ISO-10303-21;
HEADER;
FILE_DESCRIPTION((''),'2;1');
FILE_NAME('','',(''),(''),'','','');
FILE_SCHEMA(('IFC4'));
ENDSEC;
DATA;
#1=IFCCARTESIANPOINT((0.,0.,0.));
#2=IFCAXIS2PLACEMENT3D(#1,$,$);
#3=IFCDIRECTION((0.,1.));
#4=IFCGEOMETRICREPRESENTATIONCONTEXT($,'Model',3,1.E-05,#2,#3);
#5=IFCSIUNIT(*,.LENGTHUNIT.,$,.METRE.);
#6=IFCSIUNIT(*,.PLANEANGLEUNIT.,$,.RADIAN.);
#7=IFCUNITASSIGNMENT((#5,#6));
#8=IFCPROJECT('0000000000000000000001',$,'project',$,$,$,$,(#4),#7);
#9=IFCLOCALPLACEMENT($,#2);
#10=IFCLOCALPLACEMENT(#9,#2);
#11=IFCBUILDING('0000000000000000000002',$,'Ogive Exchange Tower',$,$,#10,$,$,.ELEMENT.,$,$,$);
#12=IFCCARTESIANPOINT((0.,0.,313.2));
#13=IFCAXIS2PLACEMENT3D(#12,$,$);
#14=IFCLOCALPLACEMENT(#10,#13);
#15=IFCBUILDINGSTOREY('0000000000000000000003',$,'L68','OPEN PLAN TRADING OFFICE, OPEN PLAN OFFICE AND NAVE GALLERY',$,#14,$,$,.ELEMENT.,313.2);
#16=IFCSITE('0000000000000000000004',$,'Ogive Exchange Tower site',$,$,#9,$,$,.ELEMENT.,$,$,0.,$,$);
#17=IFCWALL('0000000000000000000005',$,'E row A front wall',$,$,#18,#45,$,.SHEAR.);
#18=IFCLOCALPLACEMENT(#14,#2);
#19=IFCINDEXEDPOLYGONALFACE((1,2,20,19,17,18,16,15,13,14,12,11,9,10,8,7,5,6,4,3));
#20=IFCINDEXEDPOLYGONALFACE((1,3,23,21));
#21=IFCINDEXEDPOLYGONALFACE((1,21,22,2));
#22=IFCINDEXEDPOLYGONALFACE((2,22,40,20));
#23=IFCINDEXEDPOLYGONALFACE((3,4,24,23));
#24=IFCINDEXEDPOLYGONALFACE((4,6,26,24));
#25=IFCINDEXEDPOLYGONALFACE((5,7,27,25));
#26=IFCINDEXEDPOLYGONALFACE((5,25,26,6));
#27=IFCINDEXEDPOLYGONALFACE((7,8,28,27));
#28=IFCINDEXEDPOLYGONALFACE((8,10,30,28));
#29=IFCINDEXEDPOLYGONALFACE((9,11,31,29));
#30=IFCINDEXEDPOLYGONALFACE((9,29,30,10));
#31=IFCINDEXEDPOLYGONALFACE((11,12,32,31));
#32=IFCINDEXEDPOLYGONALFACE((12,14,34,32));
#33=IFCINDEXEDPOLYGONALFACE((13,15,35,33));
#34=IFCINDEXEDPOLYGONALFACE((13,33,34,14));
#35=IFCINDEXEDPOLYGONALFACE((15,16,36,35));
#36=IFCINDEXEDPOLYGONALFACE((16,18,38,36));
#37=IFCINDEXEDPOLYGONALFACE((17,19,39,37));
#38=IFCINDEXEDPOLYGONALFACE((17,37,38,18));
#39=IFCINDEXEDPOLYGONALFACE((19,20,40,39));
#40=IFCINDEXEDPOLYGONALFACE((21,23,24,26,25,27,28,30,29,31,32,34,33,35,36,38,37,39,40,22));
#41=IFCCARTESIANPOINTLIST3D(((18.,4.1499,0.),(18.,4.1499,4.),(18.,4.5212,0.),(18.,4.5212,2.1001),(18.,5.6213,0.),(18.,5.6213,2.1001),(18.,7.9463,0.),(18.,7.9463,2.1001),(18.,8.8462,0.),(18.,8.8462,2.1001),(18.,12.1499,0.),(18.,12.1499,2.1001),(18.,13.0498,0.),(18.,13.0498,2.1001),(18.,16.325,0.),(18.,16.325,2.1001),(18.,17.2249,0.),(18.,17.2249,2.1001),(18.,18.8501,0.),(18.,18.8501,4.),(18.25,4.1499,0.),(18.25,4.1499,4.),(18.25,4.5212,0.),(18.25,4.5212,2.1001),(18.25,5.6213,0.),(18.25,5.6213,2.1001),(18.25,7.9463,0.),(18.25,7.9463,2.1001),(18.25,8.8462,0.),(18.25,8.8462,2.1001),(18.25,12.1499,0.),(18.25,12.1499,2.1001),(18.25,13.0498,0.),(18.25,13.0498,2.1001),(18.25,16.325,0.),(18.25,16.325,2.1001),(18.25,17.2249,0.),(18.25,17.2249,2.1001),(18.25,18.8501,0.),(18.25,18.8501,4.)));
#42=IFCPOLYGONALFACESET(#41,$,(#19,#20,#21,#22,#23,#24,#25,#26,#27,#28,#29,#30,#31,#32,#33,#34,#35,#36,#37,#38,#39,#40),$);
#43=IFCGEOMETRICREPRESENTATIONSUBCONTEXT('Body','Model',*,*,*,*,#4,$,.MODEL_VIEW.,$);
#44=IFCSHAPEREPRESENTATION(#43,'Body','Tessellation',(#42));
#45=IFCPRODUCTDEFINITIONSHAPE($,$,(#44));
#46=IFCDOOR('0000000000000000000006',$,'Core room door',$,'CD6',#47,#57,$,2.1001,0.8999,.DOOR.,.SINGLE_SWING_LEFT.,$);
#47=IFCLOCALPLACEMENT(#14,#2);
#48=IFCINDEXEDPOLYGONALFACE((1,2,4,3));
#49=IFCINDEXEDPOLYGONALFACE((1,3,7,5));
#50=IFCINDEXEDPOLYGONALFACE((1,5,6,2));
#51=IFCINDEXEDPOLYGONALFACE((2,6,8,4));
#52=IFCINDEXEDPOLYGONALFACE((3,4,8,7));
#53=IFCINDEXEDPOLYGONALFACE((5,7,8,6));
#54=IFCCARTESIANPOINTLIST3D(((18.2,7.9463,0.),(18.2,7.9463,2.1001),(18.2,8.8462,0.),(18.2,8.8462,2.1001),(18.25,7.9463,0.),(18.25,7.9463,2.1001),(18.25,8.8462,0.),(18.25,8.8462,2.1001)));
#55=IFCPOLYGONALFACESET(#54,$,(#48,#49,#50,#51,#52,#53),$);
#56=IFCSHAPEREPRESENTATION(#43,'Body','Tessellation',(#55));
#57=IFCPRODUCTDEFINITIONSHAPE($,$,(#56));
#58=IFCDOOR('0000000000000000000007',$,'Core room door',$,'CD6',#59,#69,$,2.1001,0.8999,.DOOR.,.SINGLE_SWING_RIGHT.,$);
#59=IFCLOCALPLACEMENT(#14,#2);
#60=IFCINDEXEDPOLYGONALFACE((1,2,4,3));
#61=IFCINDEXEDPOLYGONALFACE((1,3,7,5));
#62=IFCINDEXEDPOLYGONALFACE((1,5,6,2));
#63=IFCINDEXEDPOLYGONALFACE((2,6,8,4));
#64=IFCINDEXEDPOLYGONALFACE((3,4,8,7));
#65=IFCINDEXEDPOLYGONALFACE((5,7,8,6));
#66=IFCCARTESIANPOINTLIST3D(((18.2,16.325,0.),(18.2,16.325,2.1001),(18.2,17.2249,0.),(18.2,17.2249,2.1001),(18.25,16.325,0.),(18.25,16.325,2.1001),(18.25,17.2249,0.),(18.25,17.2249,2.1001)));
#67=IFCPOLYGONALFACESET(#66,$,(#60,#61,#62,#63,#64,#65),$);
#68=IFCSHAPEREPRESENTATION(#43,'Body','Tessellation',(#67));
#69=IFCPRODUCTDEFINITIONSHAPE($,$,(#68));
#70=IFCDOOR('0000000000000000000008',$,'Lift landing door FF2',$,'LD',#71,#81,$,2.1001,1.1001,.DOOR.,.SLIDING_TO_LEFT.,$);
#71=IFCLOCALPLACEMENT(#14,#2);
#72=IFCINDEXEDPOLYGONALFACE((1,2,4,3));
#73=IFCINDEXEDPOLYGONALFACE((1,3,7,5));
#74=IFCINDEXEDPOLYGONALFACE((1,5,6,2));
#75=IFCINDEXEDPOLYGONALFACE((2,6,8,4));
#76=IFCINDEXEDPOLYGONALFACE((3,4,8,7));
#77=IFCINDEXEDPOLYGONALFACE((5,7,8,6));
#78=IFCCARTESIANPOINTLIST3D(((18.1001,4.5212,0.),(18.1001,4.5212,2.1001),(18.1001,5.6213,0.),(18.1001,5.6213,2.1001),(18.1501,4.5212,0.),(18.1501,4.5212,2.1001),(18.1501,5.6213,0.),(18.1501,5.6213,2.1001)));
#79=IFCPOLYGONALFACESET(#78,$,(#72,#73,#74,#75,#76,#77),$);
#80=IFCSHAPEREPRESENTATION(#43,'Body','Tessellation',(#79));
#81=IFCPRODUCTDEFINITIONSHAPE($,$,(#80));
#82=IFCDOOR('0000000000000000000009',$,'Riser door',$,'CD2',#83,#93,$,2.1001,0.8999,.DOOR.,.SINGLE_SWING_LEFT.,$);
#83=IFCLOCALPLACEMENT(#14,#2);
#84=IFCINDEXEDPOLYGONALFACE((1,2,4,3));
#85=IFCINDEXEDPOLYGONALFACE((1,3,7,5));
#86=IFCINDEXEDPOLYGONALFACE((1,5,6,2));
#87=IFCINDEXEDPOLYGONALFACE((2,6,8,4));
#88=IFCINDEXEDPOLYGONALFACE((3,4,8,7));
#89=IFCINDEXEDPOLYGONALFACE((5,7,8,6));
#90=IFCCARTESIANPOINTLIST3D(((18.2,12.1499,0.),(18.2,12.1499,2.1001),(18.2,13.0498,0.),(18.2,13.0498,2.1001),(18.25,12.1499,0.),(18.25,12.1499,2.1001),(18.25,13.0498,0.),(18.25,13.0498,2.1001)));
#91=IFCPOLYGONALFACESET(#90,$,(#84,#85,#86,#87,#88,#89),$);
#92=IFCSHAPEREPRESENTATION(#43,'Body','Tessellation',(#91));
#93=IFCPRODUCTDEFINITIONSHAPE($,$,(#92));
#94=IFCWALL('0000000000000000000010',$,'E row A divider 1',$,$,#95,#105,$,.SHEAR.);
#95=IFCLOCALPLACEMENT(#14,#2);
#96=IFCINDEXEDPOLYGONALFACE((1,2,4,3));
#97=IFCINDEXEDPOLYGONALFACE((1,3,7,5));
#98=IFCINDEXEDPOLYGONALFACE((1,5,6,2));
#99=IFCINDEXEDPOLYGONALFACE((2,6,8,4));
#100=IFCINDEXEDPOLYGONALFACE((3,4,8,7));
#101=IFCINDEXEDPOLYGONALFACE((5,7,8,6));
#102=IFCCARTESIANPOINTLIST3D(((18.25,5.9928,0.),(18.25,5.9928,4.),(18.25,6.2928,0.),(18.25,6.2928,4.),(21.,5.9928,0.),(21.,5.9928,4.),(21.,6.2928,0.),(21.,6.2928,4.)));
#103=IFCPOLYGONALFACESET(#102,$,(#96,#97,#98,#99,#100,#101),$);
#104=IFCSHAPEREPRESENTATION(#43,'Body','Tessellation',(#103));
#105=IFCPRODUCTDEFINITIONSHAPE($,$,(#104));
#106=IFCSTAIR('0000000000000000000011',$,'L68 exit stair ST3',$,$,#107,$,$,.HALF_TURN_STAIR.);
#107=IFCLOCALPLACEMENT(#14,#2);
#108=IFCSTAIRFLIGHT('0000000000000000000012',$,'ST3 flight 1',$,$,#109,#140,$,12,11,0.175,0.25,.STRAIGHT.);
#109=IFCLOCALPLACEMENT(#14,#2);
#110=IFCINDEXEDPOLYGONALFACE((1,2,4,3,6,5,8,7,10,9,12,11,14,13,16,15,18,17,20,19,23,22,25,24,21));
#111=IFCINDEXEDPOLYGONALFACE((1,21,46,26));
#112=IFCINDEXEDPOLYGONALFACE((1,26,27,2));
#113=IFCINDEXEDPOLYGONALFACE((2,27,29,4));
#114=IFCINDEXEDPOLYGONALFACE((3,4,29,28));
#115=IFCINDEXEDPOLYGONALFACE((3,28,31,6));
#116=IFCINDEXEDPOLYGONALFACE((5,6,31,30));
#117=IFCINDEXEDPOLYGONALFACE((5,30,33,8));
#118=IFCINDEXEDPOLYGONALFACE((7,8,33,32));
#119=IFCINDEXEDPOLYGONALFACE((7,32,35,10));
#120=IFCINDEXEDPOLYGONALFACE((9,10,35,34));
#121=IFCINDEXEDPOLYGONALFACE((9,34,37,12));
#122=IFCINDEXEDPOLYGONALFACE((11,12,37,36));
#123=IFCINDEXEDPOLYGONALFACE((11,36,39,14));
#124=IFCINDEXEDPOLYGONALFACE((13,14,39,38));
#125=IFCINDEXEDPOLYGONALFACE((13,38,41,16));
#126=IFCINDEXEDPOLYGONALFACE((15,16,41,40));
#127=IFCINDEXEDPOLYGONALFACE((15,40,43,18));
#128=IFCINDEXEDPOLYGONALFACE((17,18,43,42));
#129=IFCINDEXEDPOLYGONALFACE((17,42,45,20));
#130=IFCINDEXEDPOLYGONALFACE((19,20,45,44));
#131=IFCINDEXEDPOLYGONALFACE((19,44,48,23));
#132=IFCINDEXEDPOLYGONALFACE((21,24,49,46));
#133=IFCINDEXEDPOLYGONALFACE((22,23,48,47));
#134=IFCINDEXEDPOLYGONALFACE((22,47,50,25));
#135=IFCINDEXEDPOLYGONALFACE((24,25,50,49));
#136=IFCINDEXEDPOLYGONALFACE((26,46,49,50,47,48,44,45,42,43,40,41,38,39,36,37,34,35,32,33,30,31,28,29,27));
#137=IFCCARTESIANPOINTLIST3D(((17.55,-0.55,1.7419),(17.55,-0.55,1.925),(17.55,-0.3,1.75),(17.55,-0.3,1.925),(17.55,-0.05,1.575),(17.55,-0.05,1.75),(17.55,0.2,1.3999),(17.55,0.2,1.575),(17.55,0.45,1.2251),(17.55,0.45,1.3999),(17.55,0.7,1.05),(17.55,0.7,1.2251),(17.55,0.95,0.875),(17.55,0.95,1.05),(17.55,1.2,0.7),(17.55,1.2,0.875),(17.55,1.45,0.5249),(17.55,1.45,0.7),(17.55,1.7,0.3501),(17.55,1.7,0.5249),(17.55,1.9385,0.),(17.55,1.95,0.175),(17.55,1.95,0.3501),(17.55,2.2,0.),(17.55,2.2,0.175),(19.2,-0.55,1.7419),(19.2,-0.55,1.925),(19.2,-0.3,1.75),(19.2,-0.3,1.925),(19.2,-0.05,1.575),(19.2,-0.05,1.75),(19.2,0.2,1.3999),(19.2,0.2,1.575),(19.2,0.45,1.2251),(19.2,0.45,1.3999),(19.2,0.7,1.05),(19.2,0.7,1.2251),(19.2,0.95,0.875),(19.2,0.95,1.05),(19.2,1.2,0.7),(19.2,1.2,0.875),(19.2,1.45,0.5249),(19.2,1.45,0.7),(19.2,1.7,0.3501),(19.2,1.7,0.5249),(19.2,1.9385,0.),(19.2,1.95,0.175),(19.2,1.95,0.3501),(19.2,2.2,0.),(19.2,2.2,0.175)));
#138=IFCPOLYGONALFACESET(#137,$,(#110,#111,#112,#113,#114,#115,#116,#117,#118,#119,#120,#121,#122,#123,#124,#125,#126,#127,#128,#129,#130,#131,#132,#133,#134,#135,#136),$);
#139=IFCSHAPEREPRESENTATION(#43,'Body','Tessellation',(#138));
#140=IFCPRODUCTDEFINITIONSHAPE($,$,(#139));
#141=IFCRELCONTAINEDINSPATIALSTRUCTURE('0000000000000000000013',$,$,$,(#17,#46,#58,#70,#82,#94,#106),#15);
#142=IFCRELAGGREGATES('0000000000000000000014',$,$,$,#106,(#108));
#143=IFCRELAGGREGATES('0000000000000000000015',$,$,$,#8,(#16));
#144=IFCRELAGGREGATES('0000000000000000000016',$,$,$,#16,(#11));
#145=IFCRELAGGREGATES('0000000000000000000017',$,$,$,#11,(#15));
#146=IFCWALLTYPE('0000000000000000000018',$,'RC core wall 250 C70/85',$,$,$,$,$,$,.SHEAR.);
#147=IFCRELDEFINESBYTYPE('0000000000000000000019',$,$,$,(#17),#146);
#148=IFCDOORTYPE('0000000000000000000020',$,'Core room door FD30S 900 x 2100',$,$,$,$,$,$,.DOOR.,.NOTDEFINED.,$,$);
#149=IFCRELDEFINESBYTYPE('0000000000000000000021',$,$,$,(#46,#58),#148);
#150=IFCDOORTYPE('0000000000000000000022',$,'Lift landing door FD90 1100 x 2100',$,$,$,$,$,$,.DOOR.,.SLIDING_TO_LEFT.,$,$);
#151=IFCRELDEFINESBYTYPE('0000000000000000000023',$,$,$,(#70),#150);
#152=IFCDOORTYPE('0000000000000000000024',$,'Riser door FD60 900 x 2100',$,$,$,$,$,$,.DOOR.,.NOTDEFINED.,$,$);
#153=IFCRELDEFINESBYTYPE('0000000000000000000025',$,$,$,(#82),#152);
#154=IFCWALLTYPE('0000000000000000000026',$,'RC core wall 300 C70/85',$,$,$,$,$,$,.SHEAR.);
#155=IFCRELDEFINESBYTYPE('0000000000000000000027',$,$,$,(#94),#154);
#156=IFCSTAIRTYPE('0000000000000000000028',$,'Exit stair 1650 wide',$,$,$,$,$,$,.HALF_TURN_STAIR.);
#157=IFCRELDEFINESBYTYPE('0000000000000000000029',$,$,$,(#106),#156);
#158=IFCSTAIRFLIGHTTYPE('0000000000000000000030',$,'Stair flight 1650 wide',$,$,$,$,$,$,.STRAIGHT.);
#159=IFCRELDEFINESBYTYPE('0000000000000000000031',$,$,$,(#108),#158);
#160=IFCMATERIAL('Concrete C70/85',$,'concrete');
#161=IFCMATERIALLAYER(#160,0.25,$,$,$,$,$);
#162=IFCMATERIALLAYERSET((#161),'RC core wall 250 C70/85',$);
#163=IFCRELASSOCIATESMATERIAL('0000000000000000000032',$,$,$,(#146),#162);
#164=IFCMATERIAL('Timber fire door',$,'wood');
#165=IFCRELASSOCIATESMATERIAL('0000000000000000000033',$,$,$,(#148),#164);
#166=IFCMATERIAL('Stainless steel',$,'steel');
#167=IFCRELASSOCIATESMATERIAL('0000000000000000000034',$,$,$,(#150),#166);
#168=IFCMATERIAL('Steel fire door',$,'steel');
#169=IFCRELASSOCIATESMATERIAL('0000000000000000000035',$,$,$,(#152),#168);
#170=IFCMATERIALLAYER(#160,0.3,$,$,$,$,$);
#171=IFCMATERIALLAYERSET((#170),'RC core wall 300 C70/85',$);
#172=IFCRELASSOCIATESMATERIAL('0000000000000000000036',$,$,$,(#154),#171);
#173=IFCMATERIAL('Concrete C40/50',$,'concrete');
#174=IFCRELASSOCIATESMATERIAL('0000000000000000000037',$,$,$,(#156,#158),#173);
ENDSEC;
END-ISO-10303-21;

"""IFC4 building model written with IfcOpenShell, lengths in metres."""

from ifc_helpers import new_model, si_unit, direction, frame, frame_2d, origin, place, context, subcontext, project, spatial, polyline, rectangle, outline, extrude, material, layer, layer_set, type_object, element, fill, aggregate, save


model = new_model("IFC4")

# Units and contexts
model_context = context("Model", 3, precision=1e-05, world=origin(), true_north=direction((0.0, 1.0)))
body_context = subcontext(model_context, "Body", "Model", "MODEL_VIEW")
ifc_project = project(units=[si_unit("LENGTHUNIT", "METRE"), si_unit("PLANEANGLEUNIT", "RADIAN")], contexts=[model_context])

# Site, building, storey
site_placement = place(None, origin())
site = spatial("IfcSite", under=ifc_project, at=site_placement, Name="Ogive Exchange Tower site", CompositionType="ELEMENT", RefElevation=0.0)
building_placement = place(site_placement, origin())
building = spatial("IfcBuilding", under=site, at=building_placement, Name="Ogive Exchange Tower", CompositionType="ELEMENT")
storey_placement = place(building_placement, frame((0.0, 0.0, 313.2)))
storey = spatial("IfcBuildingStorey", under=building, at=storey_placement, Name="L68", Description="OPEN PLAN TRADING OFFICE, OPEN PLAN OFFICE AND NAVE GALLERY", CompositionType="ELEMENT", Elevation=313.2)

# Wall, openings, doors
ifc_material_1 = material(Name="Concrete C70/85", Category="concrete")
ifc_layer_1 = layer(ifc_material_1, 0.25)
ifc_layer_set_1 = layer_set([ifc_layer_1], Name="RC core wall 250 C70/85")
wall_type_1 = type_object("IfcWallType", Name="RC core wall 250 C70/85", PredefinedType="SHEAR", material=ifc_layer_set_1)
wall_1_placement = place(storey_placement, frame((18.125, 4.1499, 0.0), z_axis=(0.0, 0.0, 1.0), x_axis=(0.0, 1.0, 0.0)))
wall_1 = element("IfcWall", 1, at=wall_1_placement, inside=storey, type_object=wall_type_1, Name="E row A front wall", PredefinedType="SHEAR", context=body_context, shape_type="SweptSolid", body=[
    extrude(rectangle(XDim=14.7002, YDim=0.25, at=frame_2d((7.3501, 0.0))), origin(), (0.0, 0.0, 1.0), 4.0),
])
opening_1_placement = place(wall_1_placement, frame((3.7964, 0.0, 0.0)))
opening_1 = element("IfcOpeningElement", 2, at=opening_1_placement, cuts=wall_1, PredefinedType="OPENING", context=body_context, shape_type="SweptSolid", body=[
    extrude(rectangle(XDim=0.8999, YDim=2.1001, at=frame_2d((0.45, 1.05))), frame((0.0, 0.135, 0.0), z_axis=(0.0, -1.0, 0.0), x_axis=(1.0, 0.0, 0.0)), (0.0, 0.0, 1.0), 0.27),
])
opening_2_placement = place(wall_1_placement, frame((8.0, 0.0, 0.0)))
opening_2 = element("IfcOpeningElement", 3, at=opening_2_placement, cuts=wall_1, PredefinedType="OPENING", context=body_context, shape_type="SweptSolid", body=[
    extrude(rectangle(XDim=0.8999, YDim=2.1001, at=frame_2d((0.45, 1.05))), frame((0.0, 0.135, 0.0), z_axis=(0.0, -1.0, 0.0), x_axis=(1.0, 0.0, 0.0)), (0.0, 0.0, 1.0), 0.27),
])
opening_3_placement = place(wall_1_placement, frame((12.175, 0.0, 0.0)))
opening_3 = element("IfcOpeningElement", 4, at=opening_3_placement, cuts=wall_1, PredefinedType="OPENING", context=body_context, shape_type="SweptSolid", body=[
    extrude(rectangle(XDim=0.8999, YDim=2.1001, at=frame_2d((0.45, 1.05))), frame((0.0, 0.135, 0.0), z_axis=(0.0, -1.0, 0.0), x_axis=(1.0, 0.0, 0.0)), (0.0, 0.0, 1.0), 0.27),
])
opening_4_placement = place(wall_1_placement, frame((0.3713, 0.0, 0.0)))
opening_4 = element("IfcOpeningElement", 5, at=opening_4_placement, cuts=wall_1, PredefinedType="OPENING", context=body_context, shape_type="SweptSolid", body=[
    extrude(rectangle(XDim=1.1001, YDim=2.1001, at=frame_2d((0.55, 1.05))), frame((0.0, 0.135, 0.0), z_axis=(0.0, -1.0, 0.0), x_axis=(1.0, 0.0, 0.0)), (0.0, 0.0, 1.0), 0.27),
])
ifc_material_2 = material(Name="Timber fire door", Category="wood")
door_type_1 = type_object("IfcDoorType", Name="Core room door FD30S 900 x 2100", OperationType="NOTDEFINED", PredefinedType="DOOR", material=ifc_material_2)
door_1_placement = place(opening_1_placement, frame((0.8999, -0.2002, 0.0), z_axis=(0.0, 0.0, 1.0), x_axis=(-1.0, 0.0, 0.0)))
door_1 = element("IfcDoor", 6, at=door_1_placement, inside=storey, type_object=door_type_1, Name="Core room door", ObjectType="CD6", OperationType="SINGLE_SWING_LEFT", OverallHeight=2.1001, OverallWidth=0.8999, PredefinedType="DOOR", context=body_context, shape_type="SweptSolid", body=[
    extrude(rectangle(XDim=0.8999, YDim=2.1001, at=frame_2d((0.45, 1.05))), frame((0.0, -0.0752, 0.0), z_axis=(0.0, -1.0, 0.0), x_axis=(1.0, 0.0, 0.0)), (0.0, 0.0, 1.0), 0.05),
])
fill(opening_1, door_1)
door_2_placement = place(opening_3_placement, frame((0.8999, -0.2002, 0.0), z_axis=(0.0, 0.0, 1.0), x_axis=(-1.0, 0.0, 0.0)))
door_2 = element("IfcDoor", 7, at=door_2_placement, inside=storey, type_object=door_type_1, Name="Core room door", ObjectType="CD6", OperationType="SINGLE_SWING_RIGHT", OverallHeight=2.1001, OverallWidth=0.8999, PredefinedType="DOOR", context=body_context, shape_type="SweptSolid", body=[
    extrude(rectangle(XDim=0.8999, YDim=2.1001, at=frame_2d((0.45, 1.05))), frame((0.0, -0.0752, 0.0), z_axis=(0.0, -1.0, 0.0), x_axis=(1.0, 0.0, 0.0)), (0.0, 0.0, 1.0), 0.05),
])
fill(opening_3, door_2)
ifc_material_3 = material(Name="Stainless steel", Category="steel")
door_type_2 = type_object("IfcDoorType", Name="Lift landing door FD90 1100 x 2100", OperationType="SLIDING_TO_LEFT", PredefinedType="DOOR", material=ifc_material_3)
door_3_placement = place(opening_4_placement, origin())
door_3 = element("IfcDoor", 8, at=door_3_placement, inside=storey, type_object=door_type_2, Name="Lift landing door FF2", ObjectType="LD", OperationType="SLIDING_TO_LEFT", OverallHeight=2.1001, OverallWidth=1.1001, PredefinedType="DOOR", context=body_context, shape_type="SweptSolid", body=[
    extrude(rectangle(XDim=1.1001, YDim=2.1001, at=frame_2d((0.55, 1.05))), frame((0.0, 0.0249, 0.0), z_axis=(0.0, -1.0, 0.0), x_axis=(1.0, 0.0, 0.0)), (0.0, 0.0, 1.0), 0.05),
])
fill(opening_4, door_3)
ifc_material_4 = material(Name="Steel fire door", Category="steel")
door_type_3 = type_object("IfcDoorType", Name="Riser door FD60 900 x 2100", OperationType="NOTDEFINED", PredefinedType="DOOR", material=ifc_material_4)
door_4_placement = place(opening_2_placement, frame((0.8999, -0.2002, 0.0), z_axis=(0.0, 0.0, 1.0), x_axis=(-1.0, 0.0, 0.0)))
door_4 = element("IfcDoor", 9, at=door_4_placement, inside=storey, type_object=door_type_3, Name="Riser door", ObjectType="CD2", OperationType="SINGLE_SWING_LEFT", OverallHeight=2.1001, OverallWidth=0.8999, PredefinedType="DOOR", context=body_context, shape_type="SweptSolid", body=[
    extrude(rectangle(XDim=0.8999, YDim=2.1001, at=frame_2d((0.45, 1.05))), frame((0.0, -0.0752, 0.0), z_axis=(0.0, -1.0, 0.0), x_axis=(1.0, 0.0, 0.0)), (0.0, 0.0, 1.0), 0.05),
])
fill(opening_2, door_4)

# Wall
ifc_layer_2 = layer(ifc_material_1, 0.3)
ifc_layer_set_2 = layer_set([ifc_layer_2], Name="RC core wall 300 C70/85")
wall_type_2 = type_object("IfcWallType", Name="RC core wall 300 C70/85", PredefinedType="SHEAR", material=ifc_layer_set_2)
wall_2_placement = place(storey_placement, frame((18.25, 6.1428, 0.0), z_axis=(0.0, 0.0, 1.0), x_axis=(1.0, 0.0, 0.0)))
element("IfcWall", 10, at=wall_2_placement, inside=storey, type_object=wall_type_2, Name="E row A divider 1", PredefinedType="SHEAR", context=body_context, shape_type="SweptSolid", body=[
    extrude(rectangle(XDim=2.75, YDim=0.3, at=frame_2d((1.375, 0.0))), origin(), (0.0, 0.0, 1.0), 4.0),
])

# Stair, stair flight
ifc_material_5 = material(Name="Concrete C40/50", Category="concrete")
stair_type = type_object("IfcStairType", Name="Exit stair 1650 wide", PredefinedType="HALF_TURN_STAIR", material=ifc_material_5)
stair_placement = place(storey_placement, origin())
stair = element("IfcStair", 11, at=stair_placement, inside=storey, type_object=stair_type, Name="L68 exit stair ST3", PredefinedType="HALF_TURN_STAIR")
stair_flight_type = type_object("IfcStairFlightType", Name="Stair flight 1650 wide", PredefinedType="STRAIGHT", material=ifc_material_5)
stair_flight_1_placement = place(storey_placement, frame((18.375, 2.2, 0.0), z_axis=(0.0, 0.0, 1.0), x_axis=(0.0, -1.0, 0.0)))
stair_flight_1 = element("IfcStairFlight", 12, at=stair_flight_1_placement, type_object=stair_flight_type, Name="ST3 flight 1", NumberOfRisers=12, NumberOfTreads=11, PredefinedType="STRAIGHT", RiserHeight=0.175, TreadLength=0.25, context=body_context, shape_type="SweptSolid", body=[
    extrude(outline(polyline([(0.0, 0.0), (0.0, 0.175), (0.25, 0.175), (0.25, 0.3501), (0.5, 0.3501), (0.5, 0.5249), (0.75, 0.5249), (0.75, 0.7), (1.0, 0.7), (1.0, 0.875), (1.25, 0.875), (1.25, 1.05), (1.5, 1.05), (1.5, 1.2251), (1.75, 1.2251), (1.75, 1.3999), (2.0, 1.3999), (2.0, 1.575), (2.25, 1.575), (2.25, 1.75), (2.5, 1.75), (2.5, 1.925), (2.75, 1.925), (2.75, 2.1001), (2.75, 1.7419), (0.2615, 0.0), (0.0, 0.0)])), frame((0.0, 0.825, 0.0), z_axis=(0.0, -1.0, 0.0), x_axis=(1.0, 0.0, 0.0)), (0.0, 0.0, 1.0), 1.6499),
])
aggregate(stair, [stair_flight_1])

save(model, "model.ifc")
